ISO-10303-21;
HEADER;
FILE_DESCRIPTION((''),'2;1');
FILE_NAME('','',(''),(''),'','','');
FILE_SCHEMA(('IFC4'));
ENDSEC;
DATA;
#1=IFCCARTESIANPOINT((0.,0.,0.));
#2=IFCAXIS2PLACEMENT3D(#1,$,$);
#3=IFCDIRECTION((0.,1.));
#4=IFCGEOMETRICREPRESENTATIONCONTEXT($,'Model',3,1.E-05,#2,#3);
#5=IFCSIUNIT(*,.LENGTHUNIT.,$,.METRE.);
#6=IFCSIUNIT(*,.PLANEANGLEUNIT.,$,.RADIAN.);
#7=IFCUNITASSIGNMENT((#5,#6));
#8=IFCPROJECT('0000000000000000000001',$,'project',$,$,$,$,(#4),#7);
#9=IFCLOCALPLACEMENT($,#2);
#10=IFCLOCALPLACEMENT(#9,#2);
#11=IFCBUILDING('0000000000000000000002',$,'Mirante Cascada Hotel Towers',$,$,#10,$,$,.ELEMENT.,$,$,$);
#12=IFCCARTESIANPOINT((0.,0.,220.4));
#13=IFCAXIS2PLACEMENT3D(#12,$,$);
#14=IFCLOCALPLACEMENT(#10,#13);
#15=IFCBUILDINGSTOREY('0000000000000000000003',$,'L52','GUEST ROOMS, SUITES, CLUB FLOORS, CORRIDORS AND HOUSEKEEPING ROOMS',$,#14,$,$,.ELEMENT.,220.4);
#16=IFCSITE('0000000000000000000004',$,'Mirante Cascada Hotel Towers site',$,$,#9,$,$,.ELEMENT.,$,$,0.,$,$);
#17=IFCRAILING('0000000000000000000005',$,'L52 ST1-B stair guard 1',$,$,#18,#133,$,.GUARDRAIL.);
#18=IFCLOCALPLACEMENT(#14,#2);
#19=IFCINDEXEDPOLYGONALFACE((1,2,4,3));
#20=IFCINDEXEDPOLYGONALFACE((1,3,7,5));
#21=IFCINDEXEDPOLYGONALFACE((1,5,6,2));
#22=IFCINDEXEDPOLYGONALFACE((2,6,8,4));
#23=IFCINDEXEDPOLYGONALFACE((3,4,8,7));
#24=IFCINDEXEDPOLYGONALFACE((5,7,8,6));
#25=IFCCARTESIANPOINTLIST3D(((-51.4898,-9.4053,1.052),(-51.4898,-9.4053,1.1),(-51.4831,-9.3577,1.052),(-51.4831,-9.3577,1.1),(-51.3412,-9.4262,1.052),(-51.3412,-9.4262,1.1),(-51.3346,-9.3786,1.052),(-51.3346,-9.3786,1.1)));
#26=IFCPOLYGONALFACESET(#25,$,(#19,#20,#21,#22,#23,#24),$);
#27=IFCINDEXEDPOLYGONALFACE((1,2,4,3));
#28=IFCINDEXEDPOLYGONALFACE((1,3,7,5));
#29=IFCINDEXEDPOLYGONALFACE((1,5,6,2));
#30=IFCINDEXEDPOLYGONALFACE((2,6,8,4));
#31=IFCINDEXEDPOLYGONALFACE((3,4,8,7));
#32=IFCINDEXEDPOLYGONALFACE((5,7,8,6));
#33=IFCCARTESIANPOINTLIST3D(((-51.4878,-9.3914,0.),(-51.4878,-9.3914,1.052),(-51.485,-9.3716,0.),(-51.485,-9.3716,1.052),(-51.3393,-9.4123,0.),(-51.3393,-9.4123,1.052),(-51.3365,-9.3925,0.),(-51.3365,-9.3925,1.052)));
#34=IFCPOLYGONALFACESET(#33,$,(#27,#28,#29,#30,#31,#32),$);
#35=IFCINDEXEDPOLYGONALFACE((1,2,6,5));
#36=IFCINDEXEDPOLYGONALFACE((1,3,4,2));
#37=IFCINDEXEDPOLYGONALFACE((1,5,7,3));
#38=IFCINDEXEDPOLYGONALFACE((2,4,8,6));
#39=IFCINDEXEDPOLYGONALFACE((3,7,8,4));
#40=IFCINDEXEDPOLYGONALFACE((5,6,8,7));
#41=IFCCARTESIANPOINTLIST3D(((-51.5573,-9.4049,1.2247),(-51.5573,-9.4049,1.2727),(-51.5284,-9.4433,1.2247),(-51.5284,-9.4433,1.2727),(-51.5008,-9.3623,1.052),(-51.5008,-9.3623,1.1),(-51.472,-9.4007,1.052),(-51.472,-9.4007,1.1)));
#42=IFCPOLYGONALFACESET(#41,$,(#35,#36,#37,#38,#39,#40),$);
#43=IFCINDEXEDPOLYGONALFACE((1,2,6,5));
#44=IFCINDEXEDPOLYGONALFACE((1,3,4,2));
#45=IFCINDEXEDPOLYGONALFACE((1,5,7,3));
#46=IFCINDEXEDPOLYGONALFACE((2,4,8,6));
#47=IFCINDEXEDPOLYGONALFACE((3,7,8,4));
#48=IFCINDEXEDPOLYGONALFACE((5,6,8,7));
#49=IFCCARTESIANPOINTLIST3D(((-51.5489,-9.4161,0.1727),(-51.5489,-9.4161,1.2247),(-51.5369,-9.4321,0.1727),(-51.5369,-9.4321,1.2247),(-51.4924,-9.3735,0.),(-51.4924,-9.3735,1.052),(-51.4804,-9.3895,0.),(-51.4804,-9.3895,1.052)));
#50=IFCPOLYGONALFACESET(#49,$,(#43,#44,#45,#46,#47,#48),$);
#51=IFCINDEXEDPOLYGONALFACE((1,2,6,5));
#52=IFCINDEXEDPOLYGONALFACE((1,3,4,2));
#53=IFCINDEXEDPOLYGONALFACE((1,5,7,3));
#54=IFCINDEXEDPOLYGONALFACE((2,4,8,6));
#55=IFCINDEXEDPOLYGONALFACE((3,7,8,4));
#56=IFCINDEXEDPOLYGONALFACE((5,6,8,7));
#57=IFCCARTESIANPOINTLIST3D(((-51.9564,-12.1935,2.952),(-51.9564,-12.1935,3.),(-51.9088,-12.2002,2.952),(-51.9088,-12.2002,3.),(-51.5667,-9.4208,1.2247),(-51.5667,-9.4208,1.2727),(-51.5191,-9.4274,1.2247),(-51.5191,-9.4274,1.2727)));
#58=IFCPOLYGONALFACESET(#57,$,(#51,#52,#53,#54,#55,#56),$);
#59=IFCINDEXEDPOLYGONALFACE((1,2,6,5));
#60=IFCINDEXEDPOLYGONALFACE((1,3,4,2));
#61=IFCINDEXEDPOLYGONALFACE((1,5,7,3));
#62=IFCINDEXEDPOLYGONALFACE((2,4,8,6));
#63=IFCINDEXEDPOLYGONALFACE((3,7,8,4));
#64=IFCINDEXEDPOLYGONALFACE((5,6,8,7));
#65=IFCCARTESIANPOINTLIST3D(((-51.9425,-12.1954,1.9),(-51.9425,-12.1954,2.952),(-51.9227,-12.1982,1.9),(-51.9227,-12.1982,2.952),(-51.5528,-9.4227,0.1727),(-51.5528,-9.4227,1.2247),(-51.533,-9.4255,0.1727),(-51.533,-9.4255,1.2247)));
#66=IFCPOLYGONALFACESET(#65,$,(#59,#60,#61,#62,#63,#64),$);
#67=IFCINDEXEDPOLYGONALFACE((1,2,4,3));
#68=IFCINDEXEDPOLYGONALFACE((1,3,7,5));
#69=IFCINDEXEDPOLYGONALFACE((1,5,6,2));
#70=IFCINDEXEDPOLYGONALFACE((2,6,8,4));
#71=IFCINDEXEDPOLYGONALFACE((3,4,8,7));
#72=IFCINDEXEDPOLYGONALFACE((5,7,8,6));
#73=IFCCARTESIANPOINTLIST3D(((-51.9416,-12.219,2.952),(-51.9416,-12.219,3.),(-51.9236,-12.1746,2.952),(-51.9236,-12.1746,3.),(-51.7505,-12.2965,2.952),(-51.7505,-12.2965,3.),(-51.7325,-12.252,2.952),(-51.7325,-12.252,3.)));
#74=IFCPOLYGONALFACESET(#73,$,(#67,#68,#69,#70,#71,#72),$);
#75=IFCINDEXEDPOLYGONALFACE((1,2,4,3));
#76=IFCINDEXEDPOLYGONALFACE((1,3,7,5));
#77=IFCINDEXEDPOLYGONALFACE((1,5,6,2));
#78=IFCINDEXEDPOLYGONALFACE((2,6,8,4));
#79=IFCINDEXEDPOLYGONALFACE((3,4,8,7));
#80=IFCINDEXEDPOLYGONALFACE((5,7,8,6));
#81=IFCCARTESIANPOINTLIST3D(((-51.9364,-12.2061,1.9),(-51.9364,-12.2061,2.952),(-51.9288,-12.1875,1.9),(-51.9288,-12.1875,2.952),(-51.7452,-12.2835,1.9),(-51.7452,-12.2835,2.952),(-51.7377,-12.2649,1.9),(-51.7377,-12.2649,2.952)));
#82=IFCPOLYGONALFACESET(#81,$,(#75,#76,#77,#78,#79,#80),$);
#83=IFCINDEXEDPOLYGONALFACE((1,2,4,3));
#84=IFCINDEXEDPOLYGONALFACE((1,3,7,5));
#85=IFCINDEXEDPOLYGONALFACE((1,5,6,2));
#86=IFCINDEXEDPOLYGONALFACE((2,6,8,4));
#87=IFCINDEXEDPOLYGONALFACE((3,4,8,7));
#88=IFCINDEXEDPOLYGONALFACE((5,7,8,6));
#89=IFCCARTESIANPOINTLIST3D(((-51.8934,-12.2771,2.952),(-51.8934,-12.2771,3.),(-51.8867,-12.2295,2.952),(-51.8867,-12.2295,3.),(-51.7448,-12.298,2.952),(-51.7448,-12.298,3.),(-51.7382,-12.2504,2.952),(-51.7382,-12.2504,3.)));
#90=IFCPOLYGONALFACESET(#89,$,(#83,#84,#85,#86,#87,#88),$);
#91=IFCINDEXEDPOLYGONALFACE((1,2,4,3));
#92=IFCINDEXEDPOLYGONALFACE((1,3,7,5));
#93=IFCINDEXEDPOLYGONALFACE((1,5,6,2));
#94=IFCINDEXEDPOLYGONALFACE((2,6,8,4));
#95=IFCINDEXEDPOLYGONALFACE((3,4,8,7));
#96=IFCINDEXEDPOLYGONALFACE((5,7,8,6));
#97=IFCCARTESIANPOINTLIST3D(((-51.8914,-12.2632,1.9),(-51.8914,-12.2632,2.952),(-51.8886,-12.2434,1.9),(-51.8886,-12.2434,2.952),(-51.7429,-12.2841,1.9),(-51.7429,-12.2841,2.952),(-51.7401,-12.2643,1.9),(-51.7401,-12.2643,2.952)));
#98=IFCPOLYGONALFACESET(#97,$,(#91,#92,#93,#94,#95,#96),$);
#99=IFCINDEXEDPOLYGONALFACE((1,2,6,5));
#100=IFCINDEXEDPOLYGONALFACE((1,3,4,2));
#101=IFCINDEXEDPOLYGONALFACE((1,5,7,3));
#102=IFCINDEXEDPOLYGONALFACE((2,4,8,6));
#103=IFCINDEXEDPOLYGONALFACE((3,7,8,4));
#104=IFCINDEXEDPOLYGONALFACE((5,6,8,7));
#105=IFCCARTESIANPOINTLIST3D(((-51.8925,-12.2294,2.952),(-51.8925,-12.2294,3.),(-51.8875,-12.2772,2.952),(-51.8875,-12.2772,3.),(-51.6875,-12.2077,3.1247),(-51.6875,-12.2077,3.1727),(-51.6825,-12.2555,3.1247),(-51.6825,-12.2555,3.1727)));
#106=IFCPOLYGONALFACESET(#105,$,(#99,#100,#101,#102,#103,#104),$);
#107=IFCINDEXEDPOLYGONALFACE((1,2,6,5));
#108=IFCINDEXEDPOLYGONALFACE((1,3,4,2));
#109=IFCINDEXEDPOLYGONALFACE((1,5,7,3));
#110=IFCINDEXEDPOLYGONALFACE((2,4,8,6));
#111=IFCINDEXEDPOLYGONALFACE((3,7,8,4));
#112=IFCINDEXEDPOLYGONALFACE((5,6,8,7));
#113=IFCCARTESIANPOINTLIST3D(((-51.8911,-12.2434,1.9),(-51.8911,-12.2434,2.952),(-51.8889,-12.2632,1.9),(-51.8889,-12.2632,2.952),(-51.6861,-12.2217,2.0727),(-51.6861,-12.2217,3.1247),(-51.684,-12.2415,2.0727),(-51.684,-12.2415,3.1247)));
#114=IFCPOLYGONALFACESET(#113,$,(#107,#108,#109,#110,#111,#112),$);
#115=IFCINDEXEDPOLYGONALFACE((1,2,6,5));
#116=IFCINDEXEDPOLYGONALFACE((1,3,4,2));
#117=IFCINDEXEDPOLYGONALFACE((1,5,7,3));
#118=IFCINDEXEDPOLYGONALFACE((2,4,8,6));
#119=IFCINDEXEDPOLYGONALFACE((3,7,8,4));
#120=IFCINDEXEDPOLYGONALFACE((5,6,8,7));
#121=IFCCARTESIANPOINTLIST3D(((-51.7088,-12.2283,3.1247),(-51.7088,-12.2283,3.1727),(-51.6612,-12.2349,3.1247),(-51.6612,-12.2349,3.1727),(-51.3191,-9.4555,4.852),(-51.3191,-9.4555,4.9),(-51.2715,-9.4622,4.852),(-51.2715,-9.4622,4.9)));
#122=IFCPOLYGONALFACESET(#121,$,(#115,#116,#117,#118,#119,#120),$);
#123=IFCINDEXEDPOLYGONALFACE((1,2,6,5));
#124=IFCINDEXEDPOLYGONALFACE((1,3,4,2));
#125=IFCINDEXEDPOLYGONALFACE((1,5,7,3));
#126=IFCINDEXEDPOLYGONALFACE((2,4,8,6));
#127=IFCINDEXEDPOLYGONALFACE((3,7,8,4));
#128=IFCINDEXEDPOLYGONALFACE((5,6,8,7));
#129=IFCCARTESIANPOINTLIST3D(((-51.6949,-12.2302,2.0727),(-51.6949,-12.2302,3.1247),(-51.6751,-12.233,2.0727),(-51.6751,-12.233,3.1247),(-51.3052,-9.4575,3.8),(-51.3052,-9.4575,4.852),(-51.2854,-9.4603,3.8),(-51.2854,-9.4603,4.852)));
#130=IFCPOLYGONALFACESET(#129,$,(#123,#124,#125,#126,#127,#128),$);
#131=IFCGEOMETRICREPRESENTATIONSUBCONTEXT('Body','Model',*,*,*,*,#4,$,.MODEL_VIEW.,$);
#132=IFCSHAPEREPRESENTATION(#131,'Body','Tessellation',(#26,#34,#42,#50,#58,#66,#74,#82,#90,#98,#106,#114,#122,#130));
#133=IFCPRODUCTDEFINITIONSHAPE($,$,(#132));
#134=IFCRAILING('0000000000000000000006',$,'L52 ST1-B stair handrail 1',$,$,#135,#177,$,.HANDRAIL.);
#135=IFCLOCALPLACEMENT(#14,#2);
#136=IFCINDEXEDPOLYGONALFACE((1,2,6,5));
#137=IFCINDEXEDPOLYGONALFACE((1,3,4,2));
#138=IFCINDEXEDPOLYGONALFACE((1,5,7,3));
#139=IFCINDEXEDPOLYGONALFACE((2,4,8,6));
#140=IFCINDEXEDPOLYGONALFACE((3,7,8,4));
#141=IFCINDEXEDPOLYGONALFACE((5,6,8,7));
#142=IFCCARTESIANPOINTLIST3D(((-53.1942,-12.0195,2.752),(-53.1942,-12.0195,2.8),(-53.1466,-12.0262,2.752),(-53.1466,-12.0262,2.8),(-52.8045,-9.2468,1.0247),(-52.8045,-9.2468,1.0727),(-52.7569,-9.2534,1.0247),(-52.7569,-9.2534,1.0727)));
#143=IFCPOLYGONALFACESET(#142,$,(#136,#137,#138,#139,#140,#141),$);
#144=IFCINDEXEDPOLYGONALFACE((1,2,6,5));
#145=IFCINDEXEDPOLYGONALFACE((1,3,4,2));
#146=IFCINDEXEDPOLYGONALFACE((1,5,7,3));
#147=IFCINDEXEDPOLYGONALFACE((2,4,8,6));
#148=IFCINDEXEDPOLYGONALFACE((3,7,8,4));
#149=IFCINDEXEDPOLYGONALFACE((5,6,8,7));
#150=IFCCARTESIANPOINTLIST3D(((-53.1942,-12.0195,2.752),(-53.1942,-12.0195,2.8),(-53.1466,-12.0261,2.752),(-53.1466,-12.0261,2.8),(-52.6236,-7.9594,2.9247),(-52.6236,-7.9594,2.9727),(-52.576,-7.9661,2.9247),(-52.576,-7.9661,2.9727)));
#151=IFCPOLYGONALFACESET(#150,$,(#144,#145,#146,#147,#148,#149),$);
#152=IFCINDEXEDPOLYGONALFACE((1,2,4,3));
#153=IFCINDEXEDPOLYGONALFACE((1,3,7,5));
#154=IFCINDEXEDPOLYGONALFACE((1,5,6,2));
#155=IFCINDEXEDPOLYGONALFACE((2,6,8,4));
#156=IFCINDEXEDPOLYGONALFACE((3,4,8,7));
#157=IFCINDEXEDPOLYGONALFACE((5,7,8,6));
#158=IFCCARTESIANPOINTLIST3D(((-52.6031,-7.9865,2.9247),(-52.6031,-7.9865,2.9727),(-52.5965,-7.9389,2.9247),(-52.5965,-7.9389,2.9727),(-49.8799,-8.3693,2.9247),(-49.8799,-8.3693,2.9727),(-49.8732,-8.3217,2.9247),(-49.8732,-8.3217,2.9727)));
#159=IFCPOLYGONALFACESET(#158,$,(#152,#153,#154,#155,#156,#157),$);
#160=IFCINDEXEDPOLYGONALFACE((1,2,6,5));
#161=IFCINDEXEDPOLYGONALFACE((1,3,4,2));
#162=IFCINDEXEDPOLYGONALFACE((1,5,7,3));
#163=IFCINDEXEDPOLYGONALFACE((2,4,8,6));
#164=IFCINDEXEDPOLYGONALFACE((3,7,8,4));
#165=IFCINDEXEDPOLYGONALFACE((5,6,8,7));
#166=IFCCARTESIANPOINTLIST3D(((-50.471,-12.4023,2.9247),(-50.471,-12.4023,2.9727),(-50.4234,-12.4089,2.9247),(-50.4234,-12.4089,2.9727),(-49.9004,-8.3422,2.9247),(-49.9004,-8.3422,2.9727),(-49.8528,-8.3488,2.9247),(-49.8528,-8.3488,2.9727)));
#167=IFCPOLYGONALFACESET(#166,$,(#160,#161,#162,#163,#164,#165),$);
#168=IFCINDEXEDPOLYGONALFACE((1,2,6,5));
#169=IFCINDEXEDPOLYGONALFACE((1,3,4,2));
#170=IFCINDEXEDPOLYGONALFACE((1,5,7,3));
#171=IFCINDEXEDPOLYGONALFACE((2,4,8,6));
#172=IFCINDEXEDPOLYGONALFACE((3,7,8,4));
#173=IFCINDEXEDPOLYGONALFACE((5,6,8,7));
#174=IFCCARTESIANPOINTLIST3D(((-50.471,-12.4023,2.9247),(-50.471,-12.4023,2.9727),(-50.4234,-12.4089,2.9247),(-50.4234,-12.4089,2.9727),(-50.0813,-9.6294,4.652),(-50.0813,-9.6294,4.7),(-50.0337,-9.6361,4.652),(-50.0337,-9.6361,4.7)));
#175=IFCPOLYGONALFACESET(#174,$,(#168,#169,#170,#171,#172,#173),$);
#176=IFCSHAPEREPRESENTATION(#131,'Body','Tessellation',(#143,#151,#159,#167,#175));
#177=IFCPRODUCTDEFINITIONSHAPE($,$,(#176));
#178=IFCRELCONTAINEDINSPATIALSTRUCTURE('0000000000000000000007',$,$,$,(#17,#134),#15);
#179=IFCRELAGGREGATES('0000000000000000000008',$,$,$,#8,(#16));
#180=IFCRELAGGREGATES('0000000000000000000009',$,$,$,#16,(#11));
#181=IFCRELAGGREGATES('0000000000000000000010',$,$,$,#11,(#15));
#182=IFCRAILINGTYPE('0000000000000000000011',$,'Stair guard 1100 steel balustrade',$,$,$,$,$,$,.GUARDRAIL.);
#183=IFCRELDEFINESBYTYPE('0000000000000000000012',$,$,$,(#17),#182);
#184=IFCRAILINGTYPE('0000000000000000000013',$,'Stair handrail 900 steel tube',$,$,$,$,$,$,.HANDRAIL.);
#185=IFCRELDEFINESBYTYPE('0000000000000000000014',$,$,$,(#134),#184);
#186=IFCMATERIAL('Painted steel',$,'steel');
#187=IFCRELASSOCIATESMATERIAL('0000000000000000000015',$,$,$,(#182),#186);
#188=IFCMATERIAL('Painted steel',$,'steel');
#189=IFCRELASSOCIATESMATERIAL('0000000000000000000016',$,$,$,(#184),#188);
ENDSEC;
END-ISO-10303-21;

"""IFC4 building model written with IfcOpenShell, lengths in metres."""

from ifc_helpers import new_model, si_unit, direction, frame, origin, origin_2d, place, context, subcontext, project, spatial, rectangle, extrude, material, type_object, element, save


model = new_model("IFC4")

# Units and contexts
model_context = context("Model", 3, precision=1e-05, world=origin(), true_north=direction((0.0, 1.0)))
body_context = subcontext(model_context, "Body", "Model", "MODEL_VIEW")
ifc_project = project(units=[si_unit("LENGTHUNIT", "METRE"), si_unit("PLANEANGLEUNIT", "RADIAN")], contexts=[model_context])

# Site, building, storey
site_placement = place(None, origin())
site = spatial("IfcSite", under=ifc_project, at=site_placement, Name="Mirante Cascada Hotel Towers site", CompositionType="ELEMENT", RefElevation=0.0)
building_placement = place(site_placement, origin())
building = spatial("IfcBuilding", under=site, at=building_placement, Name="Mirante Cascada Hotel Towers", CompositionType="ELEMENT")
storey_placement = place(building_placement, frame((0.0, 0.0, 220.4)))
storey = spatial("IfcBuildingStorey", under=building, at=storey_placement, Name="L52", Description="GUEST ROOMS, SUITES, CLUB FLOORS, CORRIDORS AND HOUSEKEEPING ROOMS", CompositionType="ELEMENT", Elevation=220.4)

# Railings
ifc_material_1 = material(Name="Painted steel", Category="steel")
railing_type_1 = type_object("IfcRailingType", Name="Stair guard 1100 steel balustrade", PredefinedType="GUARDRAIL", material=ifc_material_1)
railing_1_placement = place(storey_placement, frame((-51.3379, -9.4024, 0.0)))
element("IfcRailing", 1, at=railing_1_placement, inside=storey, type_object=railing_type_1, Name="L52 ST1-B stair guard 1", PredefinedType="GUARDRAIL", context=body_context, shape_type="SweptSolid", body=[
    extrude(rectangle(XDim=0.048, YDim=0.048, at=origin_2d()), frame((0.0, 0.0, 1.076), z_axis=(-0.990241, 0.139367, 0.0), x_axis=(-0.139367, -0.990241, 0.0)), (0.0, 0.0, 1.0), 0.15),
    extrude(rectangle(XDim=0.02, YDim=1.052, at=origin_2d()), frame((0.0, 0.0, 0.526), z_axis=(-0.990241, 0.139367, 0.0), x_axis=(-0.139367, -0.990241, 0.0)), (0.0, 0.0, 1.0), 0.15),
    extrude(rectangle(XDim=0.048, YDim=0.048, at=origin_2d()), frame((-0.1485, 0.0209, 1.076), z_axis=(-0.798471, -0.602033, 0.0), x_axis=(0.602033, -0.798471, 0.0)), (0.0, 0.92534, 0.379139), 0.1866),
    extrude(rectangle(XDim=0.02, YDim=1.052, at=origin_2d()), frame((-0.1485, 0.0209, 0.526), z_axis=(-0.798471, -0.602033, 0.0), x_axis=(0.602033, -0.798471, 0.0)), (0.0, 0.92534, 0.379139), 0.1866),
    extrude(rectangle(XDim=0.048, YDim=0.048, at=origin_2d()), frame((-0.205, -0.0217, 1.2487), z_axis=(-0.139181, -0.990267, 0.0), x_axis=(0.990267, -0.139181, 0.0)), (0.0, 0.525035, 0.851081), 3.2899),
    extrude(rectangle(XDim=0.02, YDim=1.052, at=origin_2d()), frame((-0.205, -0.0217, 0.6987), z_axis=(-0.139181, -0.990267, 0.0), x_axis=(0.990267, -0.139181, 0.0)), (0.0, 0.525035, 0.851081), 3.2899),
    extrude(rectangle(XDim=0.048, YDim=0.048, at=origin_2d()), frame((-0.5947, -2.7944, 2.976), z_axis=(0.926862, -0.375401, 0.0), x_axis=(0.375401, 0.926862, 0.0)), (0.0, 0.0, 1.0), 0.2062),
    extrude(rectangle(XDim=0.02, YDim=1.052, at=origin_2d()), frame((-0.5947, -2.7944, 2.426), z_axis=(0.926862, -0.375401, 0.0), x_axis=(0.375401, 0.926862, 0.0)), (0.0, 0.0, 1.0), 0.2062),
    extrude(rectangle(XDim=0.048, YDim=0.048, at=origin_2d()), frame((-0.4036, -2.8718, 2.976), z_axis=(-0.990241, 0.139367, 0.0), x_axis=(-0.139367, -0.990241, 0.0)), (0.0, 0.0, 1.0), 0.15),
    extrude(rectangle(XDim=0.02, YDim=1.052, at=origin_2d()), frame((-0.4036, -2.8718, 2.426), z_axis=(-0.990241, 0.139367, 0.0), x_axis=(-0.139367, -0.990241, 0.0)), (0.0, 0.0, 1.0), 0.15),
    extrude(rectangle(XDim=0.048, YDim=0.048, at=origin_2d()), frame((-0.5521, -2.8509, 2.976), z_axis=(0.994444, 0.105266, 0.0), x_axis=(-0.105266, 0.994444, 0.0)), (0.0, 0.642184, 0.76655), 0.2689),
    extrude(rectangle(XDim=0.02, YDim=1.052, at=origin_2d()), frame((-0.5521, -2.8509, 2.426), z_axis=(0.994444, 0.105266, 0.0), x_axis=(-0.105266, 0.994444, 0.0)), (0.0, 0.642184, 0.76655), 0.2689),
    extrude(rectangle(XDim=0.048, YDim=0.048, at=origin_2d()), frame((-0.3471, -2.8292, 3.1487), z_axis=(0.139181, 0.990267, 0.0), x_axis=(-0.990267, 0.139181, 0.0)), (0.0, 0.525035, 0.851081), 3.2899),
    extrude(rectangle(XDim=0.02, YDim=1.052, at=origin_2d()), frame((-0.3471, -2.8292, 2.5987), z_axis=(0.139181, 0.990267, 0.0), x_axis=(-0.990267, 0.139181, 0.0)), (0.0, 0.525035, 0.851081), 3.2899),
])
ifc_material_2 = material(Name="Painted steel", Category="steel")
railing_type_2 = type_object("IfcRailingType", Name="Stair handrail 900 steel tube", PredefinedType="HANDRAIL", material=ifc_material_2)
railing_2_placement = place(storey_placement, frame((-52.7807, -9.2501, 0.1727)))
element("IfcRailing", 2, at=railing_2_placement, inside=storey, type_object=railing_type_2, Name="L52 ST1-B stair handrail 1", PredefinedType="HANDRAIL", context=body_context, shape_type="SweptSolid", body=[
    extrude(rectangle(XDim=0.048, YDim=0.048, at=origin_2d()), frame((0.0, 0.0, 0.876), z_axis=(-0.139181, -0.990267, 0.0), x_axis=(0.990267, -0.139181, 0.0)), (0.0, 0.525035, 0.851081), 3.2899),
    extrude(rectangle(XDim=0.048, YDim=0.048, at=origin_2d()), frame((-0.3897, -2.7727, 2.6033), z_axis=(0.139171, 0.990268, 0.0), x_axis=(-0.990268, 0.139171, 0.0)), (0.0, 0.042085, 0.999114), 4.1036),
    extrude(rectangle(XDim=0.048, YDim=0.048, at=origin_2d()), frame((0.1809, 1.2874, 2.776), z_axis=(0.990264, -0.139201, 0.0), x_axis=(0.139201, 0.990264, 0.0)), (0.0, 0.0, 1.0), 2.75),
    extrude(rectangle(XDim=0.048, YDim=0.048, at=origin_2d()), frame((2.9041, 0.9046, 2.776), z_axis=(-0.139171, -0.990268, 0.0), x_axis=(0.990268, -0.139171, 0.0)), (0.0, 0.0, 1.0), 4.1),
    extrude(rectangle(XDim=0.048, YDim=0.048, at=origin_2d()), frame((2.3335, -3.1555, 2.776), z_axis=(0.139176, 0.990268, 0.0), x_axis=(-0.990268, 0.139176, 0.0)), (0.0, 0.525021, 0.851089), 3.29),
])

save(model, "model.ifc")
